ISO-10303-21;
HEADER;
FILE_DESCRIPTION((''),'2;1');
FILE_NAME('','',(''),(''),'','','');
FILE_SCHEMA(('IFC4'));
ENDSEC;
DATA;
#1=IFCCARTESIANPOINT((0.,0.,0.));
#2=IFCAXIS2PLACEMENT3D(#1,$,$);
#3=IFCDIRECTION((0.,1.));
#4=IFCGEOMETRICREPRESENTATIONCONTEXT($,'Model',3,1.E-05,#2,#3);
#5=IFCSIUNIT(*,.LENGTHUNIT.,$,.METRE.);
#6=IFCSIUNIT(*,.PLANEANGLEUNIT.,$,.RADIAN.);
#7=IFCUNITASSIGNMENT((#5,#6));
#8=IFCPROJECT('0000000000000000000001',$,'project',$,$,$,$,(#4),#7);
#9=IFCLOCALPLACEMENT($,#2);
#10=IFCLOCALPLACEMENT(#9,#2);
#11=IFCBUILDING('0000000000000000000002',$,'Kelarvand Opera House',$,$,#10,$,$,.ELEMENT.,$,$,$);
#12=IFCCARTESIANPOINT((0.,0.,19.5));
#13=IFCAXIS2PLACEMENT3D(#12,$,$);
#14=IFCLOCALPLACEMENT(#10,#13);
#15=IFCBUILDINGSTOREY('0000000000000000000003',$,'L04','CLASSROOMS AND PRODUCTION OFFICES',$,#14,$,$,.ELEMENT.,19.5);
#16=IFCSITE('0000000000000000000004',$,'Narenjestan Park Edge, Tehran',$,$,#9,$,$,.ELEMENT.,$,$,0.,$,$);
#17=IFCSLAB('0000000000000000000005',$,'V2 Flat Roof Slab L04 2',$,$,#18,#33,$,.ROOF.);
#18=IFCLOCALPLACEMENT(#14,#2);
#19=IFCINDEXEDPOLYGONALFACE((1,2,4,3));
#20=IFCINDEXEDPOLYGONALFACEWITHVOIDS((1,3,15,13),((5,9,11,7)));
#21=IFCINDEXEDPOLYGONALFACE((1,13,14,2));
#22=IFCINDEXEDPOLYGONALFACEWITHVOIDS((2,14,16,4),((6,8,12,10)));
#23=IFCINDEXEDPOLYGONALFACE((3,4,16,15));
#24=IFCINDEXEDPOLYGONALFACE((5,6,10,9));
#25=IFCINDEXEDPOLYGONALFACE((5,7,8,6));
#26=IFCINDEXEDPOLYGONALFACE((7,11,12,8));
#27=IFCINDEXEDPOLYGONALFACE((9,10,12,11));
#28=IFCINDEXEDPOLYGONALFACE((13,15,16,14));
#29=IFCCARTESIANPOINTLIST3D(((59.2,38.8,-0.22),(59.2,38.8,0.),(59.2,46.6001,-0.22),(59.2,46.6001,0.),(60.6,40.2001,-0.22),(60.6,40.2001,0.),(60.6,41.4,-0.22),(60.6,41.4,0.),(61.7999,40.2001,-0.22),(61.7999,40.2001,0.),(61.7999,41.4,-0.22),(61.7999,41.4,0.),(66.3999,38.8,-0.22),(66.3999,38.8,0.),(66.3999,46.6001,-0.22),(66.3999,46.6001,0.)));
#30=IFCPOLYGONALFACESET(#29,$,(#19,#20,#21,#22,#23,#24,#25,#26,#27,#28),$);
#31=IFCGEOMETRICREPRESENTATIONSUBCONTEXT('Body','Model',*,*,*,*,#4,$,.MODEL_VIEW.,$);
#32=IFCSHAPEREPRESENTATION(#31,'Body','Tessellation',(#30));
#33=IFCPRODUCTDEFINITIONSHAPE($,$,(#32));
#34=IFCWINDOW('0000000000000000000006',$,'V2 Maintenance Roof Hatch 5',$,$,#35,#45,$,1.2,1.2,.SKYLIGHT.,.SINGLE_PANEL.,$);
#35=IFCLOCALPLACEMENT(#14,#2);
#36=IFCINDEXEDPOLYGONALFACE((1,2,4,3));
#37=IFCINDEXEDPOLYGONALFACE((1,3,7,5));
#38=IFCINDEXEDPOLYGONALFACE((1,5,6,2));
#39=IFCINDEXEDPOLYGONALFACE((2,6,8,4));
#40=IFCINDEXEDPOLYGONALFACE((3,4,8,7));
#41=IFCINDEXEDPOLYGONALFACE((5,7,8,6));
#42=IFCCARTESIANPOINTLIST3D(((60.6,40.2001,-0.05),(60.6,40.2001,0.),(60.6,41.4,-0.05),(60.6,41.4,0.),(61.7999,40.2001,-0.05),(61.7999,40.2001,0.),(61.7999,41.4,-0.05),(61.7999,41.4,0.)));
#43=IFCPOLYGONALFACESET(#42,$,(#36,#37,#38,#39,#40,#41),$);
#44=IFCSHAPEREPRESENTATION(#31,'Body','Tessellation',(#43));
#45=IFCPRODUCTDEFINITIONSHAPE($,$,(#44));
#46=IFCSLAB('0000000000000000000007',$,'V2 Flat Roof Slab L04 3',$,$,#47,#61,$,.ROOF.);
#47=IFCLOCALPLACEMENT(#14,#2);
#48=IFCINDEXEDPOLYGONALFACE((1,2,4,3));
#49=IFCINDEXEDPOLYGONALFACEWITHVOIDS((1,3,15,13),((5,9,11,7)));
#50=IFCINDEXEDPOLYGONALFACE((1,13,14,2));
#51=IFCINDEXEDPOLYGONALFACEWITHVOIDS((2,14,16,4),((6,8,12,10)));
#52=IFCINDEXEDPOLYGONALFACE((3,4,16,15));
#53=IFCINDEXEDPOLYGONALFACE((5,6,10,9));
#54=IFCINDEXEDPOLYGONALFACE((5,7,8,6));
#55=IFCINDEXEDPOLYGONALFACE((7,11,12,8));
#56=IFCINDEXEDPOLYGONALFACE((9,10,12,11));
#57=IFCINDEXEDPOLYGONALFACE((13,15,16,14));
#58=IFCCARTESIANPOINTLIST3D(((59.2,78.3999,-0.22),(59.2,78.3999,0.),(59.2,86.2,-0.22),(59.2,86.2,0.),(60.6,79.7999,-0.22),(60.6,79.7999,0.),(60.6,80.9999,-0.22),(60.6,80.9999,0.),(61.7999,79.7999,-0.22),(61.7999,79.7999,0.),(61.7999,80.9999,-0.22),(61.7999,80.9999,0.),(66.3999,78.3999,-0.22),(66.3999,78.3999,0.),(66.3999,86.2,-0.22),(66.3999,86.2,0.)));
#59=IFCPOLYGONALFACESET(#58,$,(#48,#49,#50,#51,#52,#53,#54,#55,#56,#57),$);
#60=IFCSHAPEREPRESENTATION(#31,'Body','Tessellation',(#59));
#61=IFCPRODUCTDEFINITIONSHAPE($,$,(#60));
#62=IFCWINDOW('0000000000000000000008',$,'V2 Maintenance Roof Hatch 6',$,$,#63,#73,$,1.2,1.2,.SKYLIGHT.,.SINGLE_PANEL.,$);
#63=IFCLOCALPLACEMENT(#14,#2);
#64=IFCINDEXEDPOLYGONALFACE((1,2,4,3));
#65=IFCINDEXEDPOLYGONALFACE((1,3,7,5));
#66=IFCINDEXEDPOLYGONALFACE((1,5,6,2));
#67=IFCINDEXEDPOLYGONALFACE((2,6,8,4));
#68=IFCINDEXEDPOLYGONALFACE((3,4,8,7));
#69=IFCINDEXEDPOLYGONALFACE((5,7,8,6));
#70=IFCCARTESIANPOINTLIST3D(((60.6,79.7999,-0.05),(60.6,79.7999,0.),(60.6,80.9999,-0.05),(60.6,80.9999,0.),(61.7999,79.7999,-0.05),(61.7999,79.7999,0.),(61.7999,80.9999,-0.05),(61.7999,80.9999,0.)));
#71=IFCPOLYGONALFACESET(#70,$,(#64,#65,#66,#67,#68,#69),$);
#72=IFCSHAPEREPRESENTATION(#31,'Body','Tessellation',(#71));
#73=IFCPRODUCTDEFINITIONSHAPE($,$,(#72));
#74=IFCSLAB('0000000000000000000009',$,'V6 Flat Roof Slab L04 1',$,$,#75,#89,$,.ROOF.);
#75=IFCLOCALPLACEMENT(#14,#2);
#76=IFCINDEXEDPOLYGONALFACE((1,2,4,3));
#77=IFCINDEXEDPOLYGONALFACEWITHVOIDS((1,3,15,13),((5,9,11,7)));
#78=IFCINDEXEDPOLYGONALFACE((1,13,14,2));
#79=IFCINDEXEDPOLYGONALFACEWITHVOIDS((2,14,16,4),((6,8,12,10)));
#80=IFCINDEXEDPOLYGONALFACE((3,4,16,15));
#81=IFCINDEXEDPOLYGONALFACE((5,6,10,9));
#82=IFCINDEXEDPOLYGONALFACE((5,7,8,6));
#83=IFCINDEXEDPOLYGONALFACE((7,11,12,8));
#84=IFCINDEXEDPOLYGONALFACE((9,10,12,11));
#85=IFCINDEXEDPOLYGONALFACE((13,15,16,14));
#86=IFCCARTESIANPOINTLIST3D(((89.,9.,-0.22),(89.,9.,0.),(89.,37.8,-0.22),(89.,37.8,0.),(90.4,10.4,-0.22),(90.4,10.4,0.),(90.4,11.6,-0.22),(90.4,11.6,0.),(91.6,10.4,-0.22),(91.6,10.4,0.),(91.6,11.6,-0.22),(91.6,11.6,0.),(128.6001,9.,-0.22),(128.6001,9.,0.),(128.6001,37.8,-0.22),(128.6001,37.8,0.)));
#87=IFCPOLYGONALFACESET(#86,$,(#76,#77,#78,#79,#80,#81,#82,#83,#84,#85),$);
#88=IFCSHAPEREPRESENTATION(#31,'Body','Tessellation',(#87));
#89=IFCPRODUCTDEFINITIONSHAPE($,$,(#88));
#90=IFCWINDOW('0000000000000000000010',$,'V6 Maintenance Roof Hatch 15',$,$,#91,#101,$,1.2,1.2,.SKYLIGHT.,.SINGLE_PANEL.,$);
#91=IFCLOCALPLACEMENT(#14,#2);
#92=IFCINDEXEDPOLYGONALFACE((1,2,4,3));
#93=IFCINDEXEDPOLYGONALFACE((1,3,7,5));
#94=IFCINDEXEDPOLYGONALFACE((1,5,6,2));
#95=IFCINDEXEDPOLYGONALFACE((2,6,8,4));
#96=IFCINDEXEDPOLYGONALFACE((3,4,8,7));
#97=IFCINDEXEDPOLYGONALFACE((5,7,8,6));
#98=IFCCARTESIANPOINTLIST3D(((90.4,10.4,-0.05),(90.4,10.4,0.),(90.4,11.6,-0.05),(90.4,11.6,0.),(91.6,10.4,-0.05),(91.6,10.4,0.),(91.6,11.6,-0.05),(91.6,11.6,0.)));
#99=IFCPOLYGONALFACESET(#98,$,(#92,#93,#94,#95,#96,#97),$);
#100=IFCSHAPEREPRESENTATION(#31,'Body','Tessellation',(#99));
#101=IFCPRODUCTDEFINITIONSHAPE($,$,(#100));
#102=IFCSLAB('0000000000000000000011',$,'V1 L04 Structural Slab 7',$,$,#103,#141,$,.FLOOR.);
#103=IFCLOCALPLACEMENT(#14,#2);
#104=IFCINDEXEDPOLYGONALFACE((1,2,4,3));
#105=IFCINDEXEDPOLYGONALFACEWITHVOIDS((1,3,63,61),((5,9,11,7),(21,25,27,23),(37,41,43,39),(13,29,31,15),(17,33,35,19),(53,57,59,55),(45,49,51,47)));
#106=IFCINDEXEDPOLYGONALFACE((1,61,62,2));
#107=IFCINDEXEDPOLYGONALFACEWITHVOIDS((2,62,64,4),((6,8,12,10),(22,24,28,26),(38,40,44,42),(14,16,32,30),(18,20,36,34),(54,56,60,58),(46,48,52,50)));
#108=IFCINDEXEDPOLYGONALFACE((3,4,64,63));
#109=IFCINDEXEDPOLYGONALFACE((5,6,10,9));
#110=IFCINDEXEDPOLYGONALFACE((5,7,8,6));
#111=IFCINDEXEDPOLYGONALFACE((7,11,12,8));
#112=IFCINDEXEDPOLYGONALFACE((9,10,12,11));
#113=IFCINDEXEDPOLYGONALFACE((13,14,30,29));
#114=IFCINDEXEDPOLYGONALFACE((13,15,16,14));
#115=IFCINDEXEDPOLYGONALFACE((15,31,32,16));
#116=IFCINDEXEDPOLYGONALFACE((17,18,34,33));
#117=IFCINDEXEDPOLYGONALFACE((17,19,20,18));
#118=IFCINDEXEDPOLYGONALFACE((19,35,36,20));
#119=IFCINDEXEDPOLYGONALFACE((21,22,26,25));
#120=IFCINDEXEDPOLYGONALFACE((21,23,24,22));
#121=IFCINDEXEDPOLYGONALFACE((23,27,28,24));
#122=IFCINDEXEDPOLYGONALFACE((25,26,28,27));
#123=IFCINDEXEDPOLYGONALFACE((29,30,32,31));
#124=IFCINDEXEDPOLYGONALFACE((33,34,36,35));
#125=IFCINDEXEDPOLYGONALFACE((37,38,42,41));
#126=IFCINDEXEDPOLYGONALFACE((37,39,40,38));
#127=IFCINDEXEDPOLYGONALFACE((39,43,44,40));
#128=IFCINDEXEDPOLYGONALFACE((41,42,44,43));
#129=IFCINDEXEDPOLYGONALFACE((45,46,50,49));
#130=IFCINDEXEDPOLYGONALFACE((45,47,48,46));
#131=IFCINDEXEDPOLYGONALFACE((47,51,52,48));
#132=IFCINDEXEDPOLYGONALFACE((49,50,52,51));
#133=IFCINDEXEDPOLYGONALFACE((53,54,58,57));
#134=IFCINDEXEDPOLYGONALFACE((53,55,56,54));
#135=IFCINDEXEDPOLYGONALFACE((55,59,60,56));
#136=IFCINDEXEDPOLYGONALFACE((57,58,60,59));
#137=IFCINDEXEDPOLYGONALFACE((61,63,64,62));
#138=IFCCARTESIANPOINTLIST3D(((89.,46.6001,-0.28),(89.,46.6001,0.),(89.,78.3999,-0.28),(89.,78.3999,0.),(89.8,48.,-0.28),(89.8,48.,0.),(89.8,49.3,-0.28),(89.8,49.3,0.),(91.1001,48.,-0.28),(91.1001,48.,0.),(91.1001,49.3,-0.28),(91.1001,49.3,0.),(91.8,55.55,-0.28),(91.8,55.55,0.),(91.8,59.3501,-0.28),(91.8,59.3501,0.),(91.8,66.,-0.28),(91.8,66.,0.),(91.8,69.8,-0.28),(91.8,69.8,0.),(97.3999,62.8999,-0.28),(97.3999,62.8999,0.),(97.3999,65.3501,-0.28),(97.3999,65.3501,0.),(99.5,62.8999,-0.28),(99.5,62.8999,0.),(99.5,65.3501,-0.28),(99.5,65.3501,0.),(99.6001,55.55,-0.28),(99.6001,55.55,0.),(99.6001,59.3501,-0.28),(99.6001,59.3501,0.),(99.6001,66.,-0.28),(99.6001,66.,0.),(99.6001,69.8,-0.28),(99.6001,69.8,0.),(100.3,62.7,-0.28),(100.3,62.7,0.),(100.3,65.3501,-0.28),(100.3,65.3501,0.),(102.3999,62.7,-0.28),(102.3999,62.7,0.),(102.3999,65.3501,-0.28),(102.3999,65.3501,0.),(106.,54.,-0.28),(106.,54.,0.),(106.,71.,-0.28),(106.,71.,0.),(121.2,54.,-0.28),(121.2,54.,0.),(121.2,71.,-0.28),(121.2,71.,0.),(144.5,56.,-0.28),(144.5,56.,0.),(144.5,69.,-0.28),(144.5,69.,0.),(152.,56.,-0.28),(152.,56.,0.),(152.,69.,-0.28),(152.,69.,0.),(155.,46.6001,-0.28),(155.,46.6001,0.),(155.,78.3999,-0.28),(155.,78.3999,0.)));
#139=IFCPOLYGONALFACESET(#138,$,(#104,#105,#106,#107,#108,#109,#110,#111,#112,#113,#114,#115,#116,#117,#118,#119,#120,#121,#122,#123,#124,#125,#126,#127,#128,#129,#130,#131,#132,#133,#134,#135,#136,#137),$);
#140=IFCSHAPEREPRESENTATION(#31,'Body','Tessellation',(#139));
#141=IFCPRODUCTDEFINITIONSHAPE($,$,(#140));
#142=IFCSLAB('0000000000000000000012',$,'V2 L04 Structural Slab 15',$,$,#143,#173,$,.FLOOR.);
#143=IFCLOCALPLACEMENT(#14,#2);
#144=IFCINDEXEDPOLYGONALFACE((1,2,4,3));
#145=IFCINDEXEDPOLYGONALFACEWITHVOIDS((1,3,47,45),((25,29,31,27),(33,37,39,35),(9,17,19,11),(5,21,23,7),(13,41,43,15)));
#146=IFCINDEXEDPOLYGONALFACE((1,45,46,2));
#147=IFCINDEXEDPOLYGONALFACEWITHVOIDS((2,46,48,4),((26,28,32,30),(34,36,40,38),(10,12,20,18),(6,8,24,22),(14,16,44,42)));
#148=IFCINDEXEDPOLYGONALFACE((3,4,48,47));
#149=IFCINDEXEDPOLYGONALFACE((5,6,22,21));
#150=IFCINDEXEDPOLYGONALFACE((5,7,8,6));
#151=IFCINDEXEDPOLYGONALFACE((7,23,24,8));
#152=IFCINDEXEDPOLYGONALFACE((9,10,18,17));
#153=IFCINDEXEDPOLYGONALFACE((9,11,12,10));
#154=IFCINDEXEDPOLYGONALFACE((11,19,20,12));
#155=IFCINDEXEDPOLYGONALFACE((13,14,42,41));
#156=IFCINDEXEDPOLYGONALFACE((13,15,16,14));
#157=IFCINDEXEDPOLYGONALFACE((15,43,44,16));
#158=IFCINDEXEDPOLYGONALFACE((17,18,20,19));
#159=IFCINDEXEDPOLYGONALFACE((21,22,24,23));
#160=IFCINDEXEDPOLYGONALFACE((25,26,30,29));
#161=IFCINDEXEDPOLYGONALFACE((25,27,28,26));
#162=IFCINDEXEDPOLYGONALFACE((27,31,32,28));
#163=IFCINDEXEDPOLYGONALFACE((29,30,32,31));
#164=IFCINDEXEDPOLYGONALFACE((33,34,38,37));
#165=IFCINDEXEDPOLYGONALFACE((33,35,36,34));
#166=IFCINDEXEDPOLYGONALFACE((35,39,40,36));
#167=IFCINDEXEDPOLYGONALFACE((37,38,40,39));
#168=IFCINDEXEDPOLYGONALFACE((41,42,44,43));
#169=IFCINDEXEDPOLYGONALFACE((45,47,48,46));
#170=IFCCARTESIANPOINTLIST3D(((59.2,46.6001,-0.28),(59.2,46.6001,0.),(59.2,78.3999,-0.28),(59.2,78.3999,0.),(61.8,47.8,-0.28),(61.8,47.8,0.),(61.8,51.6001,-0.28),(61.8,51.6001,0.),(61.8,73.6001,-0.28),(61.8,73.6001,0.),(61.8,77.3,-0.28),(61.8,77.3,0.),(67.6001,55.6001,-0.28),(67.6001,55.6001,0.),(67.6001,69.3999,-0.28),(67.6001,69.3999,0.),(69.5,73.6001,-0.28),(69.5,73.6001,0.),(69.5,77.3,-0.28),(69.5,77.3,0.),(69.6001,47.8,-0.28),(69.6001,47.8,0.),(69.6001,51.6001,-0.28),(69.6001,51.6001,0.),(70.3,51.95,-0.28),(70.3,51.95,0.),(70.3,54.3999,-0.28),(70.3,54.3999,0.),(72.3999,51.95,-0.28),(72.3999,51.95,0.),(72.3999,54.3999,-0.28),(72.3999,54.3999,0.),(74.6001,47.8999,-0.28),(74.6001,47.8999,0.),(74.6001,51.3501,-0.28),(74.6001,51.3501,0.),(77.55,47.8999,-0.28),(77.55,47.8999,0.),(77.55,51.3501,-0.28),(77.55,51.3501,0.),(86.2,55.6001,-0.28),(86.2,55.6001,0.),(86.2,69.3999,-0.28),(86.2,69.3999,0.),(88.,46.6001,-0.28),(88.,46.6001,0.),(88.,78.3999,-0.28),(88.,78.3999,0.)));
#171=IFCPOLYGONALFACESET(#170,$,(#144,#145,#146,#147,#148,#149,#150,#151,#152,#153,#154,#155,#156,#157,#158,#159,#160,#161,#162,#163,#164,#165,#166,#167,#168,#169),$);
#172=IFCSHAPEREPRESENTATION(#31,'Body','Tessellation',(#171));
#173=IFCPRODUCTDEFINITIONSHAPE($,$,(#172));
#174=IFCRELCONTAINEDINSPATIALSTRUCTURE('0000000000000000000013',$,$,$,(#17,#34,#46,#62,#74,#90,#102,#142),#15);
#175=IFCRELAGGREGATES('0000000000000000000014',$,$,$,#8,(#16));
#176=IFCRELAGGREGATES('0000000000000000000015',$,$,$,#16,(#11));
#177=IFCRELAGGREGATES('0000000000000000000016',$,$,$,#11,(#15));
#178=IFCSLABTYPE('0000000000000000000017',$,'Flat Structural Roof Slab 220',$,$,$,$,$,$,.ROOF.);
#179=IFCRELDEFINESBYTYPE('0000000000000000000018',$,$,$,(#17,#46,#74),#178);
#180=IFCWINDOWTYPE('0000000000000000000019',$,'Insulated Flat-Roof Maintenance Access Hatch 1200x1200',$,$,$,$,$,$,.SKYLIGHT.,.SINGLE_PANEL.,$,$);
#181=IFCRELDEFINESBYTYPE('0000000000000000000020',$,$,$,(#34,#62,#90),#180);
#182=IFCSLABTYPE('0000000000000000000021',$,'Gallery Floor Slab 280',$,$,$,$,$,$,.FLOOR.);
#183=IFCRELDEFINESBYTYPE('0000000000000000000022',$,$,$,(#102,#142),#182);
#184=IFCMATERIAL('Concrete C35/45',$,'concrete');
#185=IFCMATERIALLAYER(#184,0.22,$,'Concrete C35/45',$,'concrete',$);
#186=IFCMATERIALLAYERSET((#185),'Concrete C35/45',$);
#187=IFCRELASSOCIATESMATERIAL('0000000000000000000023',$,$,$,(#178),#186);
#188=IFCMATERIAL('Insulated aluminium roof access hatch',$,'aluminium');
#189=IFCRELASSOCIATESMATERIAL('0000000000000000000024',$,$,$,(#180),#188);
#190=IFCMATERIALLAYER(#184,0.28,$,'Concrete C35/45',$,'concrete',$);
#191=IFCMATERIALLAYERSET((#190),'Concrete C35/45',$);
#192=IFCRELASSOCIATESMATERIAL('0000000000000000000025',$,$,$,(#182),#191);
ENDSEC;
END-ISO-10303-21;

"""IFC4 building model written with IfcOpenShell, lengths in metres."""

from ifc_helpers import new_model, si_unit, direction, frame, origin, origin_2d, place, context, subcontext, project, spatial, polyline, rectangle, outline, extrude, material, layer, layer_set, type_object, element, fill, save


model = new_model("IFC4")

# Units and contexts
model_context = context("Model", 3, precision=1e-05, world=origin(), true_north=direction((0.0, 1.0)))
body_context = subcontext(model_context, "Body", "Model", "MODEL_VIEW")
ifc_project = project(units=[si_unit("LENGTHUNIT", "METRE"), si_unit("PLANEANGLEUNIT", "RADIAN")], contexts=[model_context])

# Site, building, storey
site_placement = place(None, origin())
site = spatial("IfcSite", under=ifc_project, at=site_placement, Name="Narenjestan Park Edge, Tehran", CompositionType="ELEMENT", RefElevation=0.0)
building_placement = place(site_placement, origin())
building = spatial("IfcBuilding", under=site, at=building_placement, Name="Kelarvand Opera House", CompositionType="ELEMENT")
storey_placement = place(building_placement, frame((0.0, 0.0, 19.5)))
storey = spatial("IfcBuildingStorey", under=building, at=storey_placement, Name="L04", Description="CLASSROOMS AND PRODUCTION OFFICES", CompositionType="ELEMENT", Elevation=19.5)

# Shared definitions
ifc_material_1 = material(Name="Concrete C35/45", Category="concrete")

# Slabs, openings, windows
ifc_layer_1 = layer(ifc_material_1, 0.22, Name="Concrete C35/45", Category="concrete")
ifc_layer_set_1 = layer_set([ifc_layer_1], Name="Concrete C35/45")
slab_type_1 = type_object("IfcSlabType", Name="Flat Structural Roof Slab 220", PredefinedType="ROOF", material=ifc_layer_set_1)
ifc_material_2 = material(Name="Insulated aluminium roof access hatch", Category="aluminium")
window_type = type_object("IfcWindowType", Name="Insulated Flat-Roof Maintenance Access Hatch 1200x1200", PartitioningType="SINGLE_PANEL", PredefinedType="SKYLIGHT", material=ifc_material_2)
slab_1_placement = place(storey_placement, frame((0.0, 0.0, -0.22)))
slab_1 = element("IfcSlab", 1, at=slab_1_placement, inside=storey, type_object=slab_type_1, Name="V2 Flat Roof Slab L04 2", PredefinedType="ROOF", context=body_context, shape_type="SweptSolid", body=[
    extrude(outline(polyline([(59.2, 38.8), (66.3999, 38.8), (66.3999, 46.6001), (59.2, 46.6001), (59.2, 38.8)])), origin(), (0.0, 0.0, 1.0), 0.22),
])
opening_1_placement = place(slab_1_placement, frame((61.2, 40.8, 0.0)))
opening_1 = element("IfcOpeningElement", 2, at=opening_1_placement, cuts=slab_1, PredefinedType="OPENING", context=body_context, shape_type="SweptSolid", body=[
    extrude(rectangle(XDim=1.2, YDim=1.2, at=origin_2d()), frame((0.0, 0.0, -0.01)), (0.0, 0.0, 1.0), 0.24),
])
window_1_placement = place(opening_1_placement, frame((0.0, 0.0, 0.1699)))
window_1 = element("IfcWindow", 3, at=window_1_placement, inside=storey, type_object=window_type, Name="V2 Maintenance Roof Hatch 5", OverallHeight=1.2, OverallWidth=1.2, PartitioningType="SINGLE_PANEL", PredefinedType="SKYLIGHT", context=body_context, shape_type="SweptSolid", body=[
    extrude(rectangle(XDim=1.2, YDim=1.2, at=origin_2d()), origin(), (0.0, 0.0, 1.0), 0.05),
])
fill(opening_1, window_1)
slab_2_placement = place(storey_placement, frame((0.0, 0.0, -0.22)))
slab_2 = element("IfcSlab", 4, at=slab_2_placement, inside=storey, type_object=slab_type_1, Name="V2 Flat Roof Slab L04 3", PredefinedType="ROOF", context=body_context, shape_type="SweptSolid", body=[
    extrude(outline(polyline([(59.2, 78.3999), (66.3999, 78.3999), (66.3999, 86.2), (59.2, 86.2), (59.2, 78.3999)])), origin(), (0.0, 0.0, 1.0), 0.22),
])
opening_2_placement = place(slab_2_placement, frame((61.2, 80.3999, 0.0)))
opening_2 = element("IfcOpeningElement", 5, at=opening_2_placement, cuts=slab_2, PredefinedType="OPENING", context=body_context, shape_type="SweptSolid", body=[
    extrude(rectangle(XDim=1.2, YDim=1.2, at=origin_2d()), frame((0.0, 0.0, -0.01)), (0.0, 0.0, 1.0), 0.24),
])
window_2_placement = place(opening_2_placement, frame((0.0, 0.0, 0.1699)))
window_2 = element("IfcWindow", 6, at=window_2_placement, inside=storey, type_object=window_type, Name="V2 Maintenance Roof Hatch 6", OverallHeight=1.2, OverallWidth=1.2, PartitioningType="SINGLE_PANEL", PredefinedType="SKYLIGHT", context=body_context, shape_type="SweptSolid", body=[
    extrude(rectangle(XDim=1.2, YDim=1.2, at=origin_2d()), origin(), (0.0, 0.0, 1.0), 0.05),
])
fill(opening_2, window_2)
slab_3_placement = place(storey_placement, frame((0.0, 0.0, -0.22)))
slab_3 = element("IfcSlab", 7, at=slab_3_placement, inside=storey, type_object=slab_type_1, Name="V6 Flat Roof Slab L04 1", PredefinedType="ROOF", context=body_context, shape_type="SweptSolid", body=[
    extrude(outline(polyline([(89.0, 9.0), (128.6001, 9.0), (128.6001, 37.8), (89.0, 37.8), (89.0, 9.0)])), origin(), (0.0, 0.0, 1.0), 0.22),
])
opening_3_placement = place(slab_3_placement, frame((91.0, 11.0, 0.0)))
opening_3 = element("IfcOpeningElement", 8, at=opening_3_placement, cuts=slab_3, PredefinedType="OPENING", context=body_context, shape_type="SweptSolid", body=[
    extrude(rectangle(XDim=1.2, YDim=1.2, at=origin_2d()), frame((0.0, 0.0, -0.01)), (0.0, 0.0, 1.0), 0.24),
])
window_3_placement = place(opening_3_placement, frame((0.0, 0.0, 0.1699)))
window_3 = element("IfcWindow", 9, at=window_3_placement, inside=storey, type_object=window_type, Name="V6 Maintenance Roof Hatch 15", OverallHeight=1.2, OverallWidth=1.2, PartitioningType="SINGLE_PANEL", PredefinedType="SKYLIGHT", context=body_context, shape_type="SweptSolid", body=[
    extrude(rectangle(XDim=1.2, YDim=1.2, at=origin_2d()), origin(), (0.0, 0.0, 1.0), 0.05),
])
fill(opening_3, window_3)

# Slabs
ifc_layer_2 = layer(ifc_material_1, 0.28, Name="Concrete C35/45", Category="concrete")
ifc_layer_set_2 = layer_set([ifc_layer_2], Name="Concrete C35/45")
slab_type_2 = type_object("IfcSlabType", Name="Gallery Floor Slab 280", PredefinedType="FLOOR", material=ifc_layer_set_2)
slab_4_placement = place(storey_placement, frame((0.0, 0.0, -0.28)))
element("IfcSlab", 10, at=slab_4_placement, inside=storey, type_object=slab_type_2, Name="V1 L04 Structural Slab 7", PredefinedType="FLOOR", context=body_context, shape_type="SweptSolid", body=[
    extrude(outline(polyline([(155.0, 46.6001), (155.0, 78.3999), (89.0, 78.3999), (89.0, 46.6001), (155.0, 46.6001)]), holes=[polyline([(89.8, 49.3), (91.1001, 49.3), (91.1001, 48.0), (89.8, 48.0), (89.8, 49.3)]), polyline([(99.6001, 59.3501), (99.6001, 55.55), (91.8, 55.55), (91.8, 59.3501), (99.6001, 59.3501)]), polyline([(121.2, 71.0), (121.2, 54.0), (106.0, 54.0), (106.0, 71.0), (121.2, 71.0)]), polyline([(152.0, 69.0), (152.0, 56.0), (144.5, 56.0), (144.5, 69.0), (152.0, 69.0)]), polyline([(102.3999, 65.3501), (102.3999, 62.7), (100.3, 62.7), (100.3, 65.3501), (102.3999, 65.3501)]), polyline([(99.5, 65.3501), (99.5, 62.8999), (97.3999, 62.8999), (97.3999, 65.3501), (99.5, 65.3501)]), polyline([(99.6001, 69.8), (99.6001, 66.0), (91.8, 66.0), (91.8, 69.8), (99.6001, 69.8)])]), origin(), (0.0, 0.0, 1.0), 0.28),
])
slab_5_placement = place(storey_placement, frame((0.0, 0.0, -0.28)))
element("IfcSlab", 11, at=slab_5_placement, inside=storey, type_object=slab_type_2, Name="V2 L04 Structural Slab 15", PredefinedType="FLOOR", context=body_context, shape_type="SweptSolid", body=[
    extrude(outline(polyline([(88.0, 46.6001), (88.0, 78.3999), (59.2, 78.3999), (59.2, 46.6001), (88.0, 46.6001)]), holes=[polyline([(74.6001, 51.3501), (77.55, 51.3501), (77.55, 47.8999), (74.6001, 47.8999), (74.6001, 51.3501)]), polyline([(61.8, 51.6001), (69.6001, 51.6001), (69.6001, 47.8), (61.8, 47.8), (61.8, 51.6001)]), polyline([(70.3, 54.3999), (72.3999, 54.3999), (72.3999, 51.95), (70.3, 51.95), (70.3, 54.3999)]), polyline([(86.2, 69.3999), (86.2, 55.6001), (67.6001, 55.6001), (67.6001, 69.3999), (86.2, 69.3999)]), polyline([(69.5, 77.3), (69.5, 73.6001), (61.8, 73.6001), (61.8, 77.3), (69.5, 77.3)])]), origin(), (0.0, 0.0, 1.0), 0.28),
])

save(model, "model.ifc")
